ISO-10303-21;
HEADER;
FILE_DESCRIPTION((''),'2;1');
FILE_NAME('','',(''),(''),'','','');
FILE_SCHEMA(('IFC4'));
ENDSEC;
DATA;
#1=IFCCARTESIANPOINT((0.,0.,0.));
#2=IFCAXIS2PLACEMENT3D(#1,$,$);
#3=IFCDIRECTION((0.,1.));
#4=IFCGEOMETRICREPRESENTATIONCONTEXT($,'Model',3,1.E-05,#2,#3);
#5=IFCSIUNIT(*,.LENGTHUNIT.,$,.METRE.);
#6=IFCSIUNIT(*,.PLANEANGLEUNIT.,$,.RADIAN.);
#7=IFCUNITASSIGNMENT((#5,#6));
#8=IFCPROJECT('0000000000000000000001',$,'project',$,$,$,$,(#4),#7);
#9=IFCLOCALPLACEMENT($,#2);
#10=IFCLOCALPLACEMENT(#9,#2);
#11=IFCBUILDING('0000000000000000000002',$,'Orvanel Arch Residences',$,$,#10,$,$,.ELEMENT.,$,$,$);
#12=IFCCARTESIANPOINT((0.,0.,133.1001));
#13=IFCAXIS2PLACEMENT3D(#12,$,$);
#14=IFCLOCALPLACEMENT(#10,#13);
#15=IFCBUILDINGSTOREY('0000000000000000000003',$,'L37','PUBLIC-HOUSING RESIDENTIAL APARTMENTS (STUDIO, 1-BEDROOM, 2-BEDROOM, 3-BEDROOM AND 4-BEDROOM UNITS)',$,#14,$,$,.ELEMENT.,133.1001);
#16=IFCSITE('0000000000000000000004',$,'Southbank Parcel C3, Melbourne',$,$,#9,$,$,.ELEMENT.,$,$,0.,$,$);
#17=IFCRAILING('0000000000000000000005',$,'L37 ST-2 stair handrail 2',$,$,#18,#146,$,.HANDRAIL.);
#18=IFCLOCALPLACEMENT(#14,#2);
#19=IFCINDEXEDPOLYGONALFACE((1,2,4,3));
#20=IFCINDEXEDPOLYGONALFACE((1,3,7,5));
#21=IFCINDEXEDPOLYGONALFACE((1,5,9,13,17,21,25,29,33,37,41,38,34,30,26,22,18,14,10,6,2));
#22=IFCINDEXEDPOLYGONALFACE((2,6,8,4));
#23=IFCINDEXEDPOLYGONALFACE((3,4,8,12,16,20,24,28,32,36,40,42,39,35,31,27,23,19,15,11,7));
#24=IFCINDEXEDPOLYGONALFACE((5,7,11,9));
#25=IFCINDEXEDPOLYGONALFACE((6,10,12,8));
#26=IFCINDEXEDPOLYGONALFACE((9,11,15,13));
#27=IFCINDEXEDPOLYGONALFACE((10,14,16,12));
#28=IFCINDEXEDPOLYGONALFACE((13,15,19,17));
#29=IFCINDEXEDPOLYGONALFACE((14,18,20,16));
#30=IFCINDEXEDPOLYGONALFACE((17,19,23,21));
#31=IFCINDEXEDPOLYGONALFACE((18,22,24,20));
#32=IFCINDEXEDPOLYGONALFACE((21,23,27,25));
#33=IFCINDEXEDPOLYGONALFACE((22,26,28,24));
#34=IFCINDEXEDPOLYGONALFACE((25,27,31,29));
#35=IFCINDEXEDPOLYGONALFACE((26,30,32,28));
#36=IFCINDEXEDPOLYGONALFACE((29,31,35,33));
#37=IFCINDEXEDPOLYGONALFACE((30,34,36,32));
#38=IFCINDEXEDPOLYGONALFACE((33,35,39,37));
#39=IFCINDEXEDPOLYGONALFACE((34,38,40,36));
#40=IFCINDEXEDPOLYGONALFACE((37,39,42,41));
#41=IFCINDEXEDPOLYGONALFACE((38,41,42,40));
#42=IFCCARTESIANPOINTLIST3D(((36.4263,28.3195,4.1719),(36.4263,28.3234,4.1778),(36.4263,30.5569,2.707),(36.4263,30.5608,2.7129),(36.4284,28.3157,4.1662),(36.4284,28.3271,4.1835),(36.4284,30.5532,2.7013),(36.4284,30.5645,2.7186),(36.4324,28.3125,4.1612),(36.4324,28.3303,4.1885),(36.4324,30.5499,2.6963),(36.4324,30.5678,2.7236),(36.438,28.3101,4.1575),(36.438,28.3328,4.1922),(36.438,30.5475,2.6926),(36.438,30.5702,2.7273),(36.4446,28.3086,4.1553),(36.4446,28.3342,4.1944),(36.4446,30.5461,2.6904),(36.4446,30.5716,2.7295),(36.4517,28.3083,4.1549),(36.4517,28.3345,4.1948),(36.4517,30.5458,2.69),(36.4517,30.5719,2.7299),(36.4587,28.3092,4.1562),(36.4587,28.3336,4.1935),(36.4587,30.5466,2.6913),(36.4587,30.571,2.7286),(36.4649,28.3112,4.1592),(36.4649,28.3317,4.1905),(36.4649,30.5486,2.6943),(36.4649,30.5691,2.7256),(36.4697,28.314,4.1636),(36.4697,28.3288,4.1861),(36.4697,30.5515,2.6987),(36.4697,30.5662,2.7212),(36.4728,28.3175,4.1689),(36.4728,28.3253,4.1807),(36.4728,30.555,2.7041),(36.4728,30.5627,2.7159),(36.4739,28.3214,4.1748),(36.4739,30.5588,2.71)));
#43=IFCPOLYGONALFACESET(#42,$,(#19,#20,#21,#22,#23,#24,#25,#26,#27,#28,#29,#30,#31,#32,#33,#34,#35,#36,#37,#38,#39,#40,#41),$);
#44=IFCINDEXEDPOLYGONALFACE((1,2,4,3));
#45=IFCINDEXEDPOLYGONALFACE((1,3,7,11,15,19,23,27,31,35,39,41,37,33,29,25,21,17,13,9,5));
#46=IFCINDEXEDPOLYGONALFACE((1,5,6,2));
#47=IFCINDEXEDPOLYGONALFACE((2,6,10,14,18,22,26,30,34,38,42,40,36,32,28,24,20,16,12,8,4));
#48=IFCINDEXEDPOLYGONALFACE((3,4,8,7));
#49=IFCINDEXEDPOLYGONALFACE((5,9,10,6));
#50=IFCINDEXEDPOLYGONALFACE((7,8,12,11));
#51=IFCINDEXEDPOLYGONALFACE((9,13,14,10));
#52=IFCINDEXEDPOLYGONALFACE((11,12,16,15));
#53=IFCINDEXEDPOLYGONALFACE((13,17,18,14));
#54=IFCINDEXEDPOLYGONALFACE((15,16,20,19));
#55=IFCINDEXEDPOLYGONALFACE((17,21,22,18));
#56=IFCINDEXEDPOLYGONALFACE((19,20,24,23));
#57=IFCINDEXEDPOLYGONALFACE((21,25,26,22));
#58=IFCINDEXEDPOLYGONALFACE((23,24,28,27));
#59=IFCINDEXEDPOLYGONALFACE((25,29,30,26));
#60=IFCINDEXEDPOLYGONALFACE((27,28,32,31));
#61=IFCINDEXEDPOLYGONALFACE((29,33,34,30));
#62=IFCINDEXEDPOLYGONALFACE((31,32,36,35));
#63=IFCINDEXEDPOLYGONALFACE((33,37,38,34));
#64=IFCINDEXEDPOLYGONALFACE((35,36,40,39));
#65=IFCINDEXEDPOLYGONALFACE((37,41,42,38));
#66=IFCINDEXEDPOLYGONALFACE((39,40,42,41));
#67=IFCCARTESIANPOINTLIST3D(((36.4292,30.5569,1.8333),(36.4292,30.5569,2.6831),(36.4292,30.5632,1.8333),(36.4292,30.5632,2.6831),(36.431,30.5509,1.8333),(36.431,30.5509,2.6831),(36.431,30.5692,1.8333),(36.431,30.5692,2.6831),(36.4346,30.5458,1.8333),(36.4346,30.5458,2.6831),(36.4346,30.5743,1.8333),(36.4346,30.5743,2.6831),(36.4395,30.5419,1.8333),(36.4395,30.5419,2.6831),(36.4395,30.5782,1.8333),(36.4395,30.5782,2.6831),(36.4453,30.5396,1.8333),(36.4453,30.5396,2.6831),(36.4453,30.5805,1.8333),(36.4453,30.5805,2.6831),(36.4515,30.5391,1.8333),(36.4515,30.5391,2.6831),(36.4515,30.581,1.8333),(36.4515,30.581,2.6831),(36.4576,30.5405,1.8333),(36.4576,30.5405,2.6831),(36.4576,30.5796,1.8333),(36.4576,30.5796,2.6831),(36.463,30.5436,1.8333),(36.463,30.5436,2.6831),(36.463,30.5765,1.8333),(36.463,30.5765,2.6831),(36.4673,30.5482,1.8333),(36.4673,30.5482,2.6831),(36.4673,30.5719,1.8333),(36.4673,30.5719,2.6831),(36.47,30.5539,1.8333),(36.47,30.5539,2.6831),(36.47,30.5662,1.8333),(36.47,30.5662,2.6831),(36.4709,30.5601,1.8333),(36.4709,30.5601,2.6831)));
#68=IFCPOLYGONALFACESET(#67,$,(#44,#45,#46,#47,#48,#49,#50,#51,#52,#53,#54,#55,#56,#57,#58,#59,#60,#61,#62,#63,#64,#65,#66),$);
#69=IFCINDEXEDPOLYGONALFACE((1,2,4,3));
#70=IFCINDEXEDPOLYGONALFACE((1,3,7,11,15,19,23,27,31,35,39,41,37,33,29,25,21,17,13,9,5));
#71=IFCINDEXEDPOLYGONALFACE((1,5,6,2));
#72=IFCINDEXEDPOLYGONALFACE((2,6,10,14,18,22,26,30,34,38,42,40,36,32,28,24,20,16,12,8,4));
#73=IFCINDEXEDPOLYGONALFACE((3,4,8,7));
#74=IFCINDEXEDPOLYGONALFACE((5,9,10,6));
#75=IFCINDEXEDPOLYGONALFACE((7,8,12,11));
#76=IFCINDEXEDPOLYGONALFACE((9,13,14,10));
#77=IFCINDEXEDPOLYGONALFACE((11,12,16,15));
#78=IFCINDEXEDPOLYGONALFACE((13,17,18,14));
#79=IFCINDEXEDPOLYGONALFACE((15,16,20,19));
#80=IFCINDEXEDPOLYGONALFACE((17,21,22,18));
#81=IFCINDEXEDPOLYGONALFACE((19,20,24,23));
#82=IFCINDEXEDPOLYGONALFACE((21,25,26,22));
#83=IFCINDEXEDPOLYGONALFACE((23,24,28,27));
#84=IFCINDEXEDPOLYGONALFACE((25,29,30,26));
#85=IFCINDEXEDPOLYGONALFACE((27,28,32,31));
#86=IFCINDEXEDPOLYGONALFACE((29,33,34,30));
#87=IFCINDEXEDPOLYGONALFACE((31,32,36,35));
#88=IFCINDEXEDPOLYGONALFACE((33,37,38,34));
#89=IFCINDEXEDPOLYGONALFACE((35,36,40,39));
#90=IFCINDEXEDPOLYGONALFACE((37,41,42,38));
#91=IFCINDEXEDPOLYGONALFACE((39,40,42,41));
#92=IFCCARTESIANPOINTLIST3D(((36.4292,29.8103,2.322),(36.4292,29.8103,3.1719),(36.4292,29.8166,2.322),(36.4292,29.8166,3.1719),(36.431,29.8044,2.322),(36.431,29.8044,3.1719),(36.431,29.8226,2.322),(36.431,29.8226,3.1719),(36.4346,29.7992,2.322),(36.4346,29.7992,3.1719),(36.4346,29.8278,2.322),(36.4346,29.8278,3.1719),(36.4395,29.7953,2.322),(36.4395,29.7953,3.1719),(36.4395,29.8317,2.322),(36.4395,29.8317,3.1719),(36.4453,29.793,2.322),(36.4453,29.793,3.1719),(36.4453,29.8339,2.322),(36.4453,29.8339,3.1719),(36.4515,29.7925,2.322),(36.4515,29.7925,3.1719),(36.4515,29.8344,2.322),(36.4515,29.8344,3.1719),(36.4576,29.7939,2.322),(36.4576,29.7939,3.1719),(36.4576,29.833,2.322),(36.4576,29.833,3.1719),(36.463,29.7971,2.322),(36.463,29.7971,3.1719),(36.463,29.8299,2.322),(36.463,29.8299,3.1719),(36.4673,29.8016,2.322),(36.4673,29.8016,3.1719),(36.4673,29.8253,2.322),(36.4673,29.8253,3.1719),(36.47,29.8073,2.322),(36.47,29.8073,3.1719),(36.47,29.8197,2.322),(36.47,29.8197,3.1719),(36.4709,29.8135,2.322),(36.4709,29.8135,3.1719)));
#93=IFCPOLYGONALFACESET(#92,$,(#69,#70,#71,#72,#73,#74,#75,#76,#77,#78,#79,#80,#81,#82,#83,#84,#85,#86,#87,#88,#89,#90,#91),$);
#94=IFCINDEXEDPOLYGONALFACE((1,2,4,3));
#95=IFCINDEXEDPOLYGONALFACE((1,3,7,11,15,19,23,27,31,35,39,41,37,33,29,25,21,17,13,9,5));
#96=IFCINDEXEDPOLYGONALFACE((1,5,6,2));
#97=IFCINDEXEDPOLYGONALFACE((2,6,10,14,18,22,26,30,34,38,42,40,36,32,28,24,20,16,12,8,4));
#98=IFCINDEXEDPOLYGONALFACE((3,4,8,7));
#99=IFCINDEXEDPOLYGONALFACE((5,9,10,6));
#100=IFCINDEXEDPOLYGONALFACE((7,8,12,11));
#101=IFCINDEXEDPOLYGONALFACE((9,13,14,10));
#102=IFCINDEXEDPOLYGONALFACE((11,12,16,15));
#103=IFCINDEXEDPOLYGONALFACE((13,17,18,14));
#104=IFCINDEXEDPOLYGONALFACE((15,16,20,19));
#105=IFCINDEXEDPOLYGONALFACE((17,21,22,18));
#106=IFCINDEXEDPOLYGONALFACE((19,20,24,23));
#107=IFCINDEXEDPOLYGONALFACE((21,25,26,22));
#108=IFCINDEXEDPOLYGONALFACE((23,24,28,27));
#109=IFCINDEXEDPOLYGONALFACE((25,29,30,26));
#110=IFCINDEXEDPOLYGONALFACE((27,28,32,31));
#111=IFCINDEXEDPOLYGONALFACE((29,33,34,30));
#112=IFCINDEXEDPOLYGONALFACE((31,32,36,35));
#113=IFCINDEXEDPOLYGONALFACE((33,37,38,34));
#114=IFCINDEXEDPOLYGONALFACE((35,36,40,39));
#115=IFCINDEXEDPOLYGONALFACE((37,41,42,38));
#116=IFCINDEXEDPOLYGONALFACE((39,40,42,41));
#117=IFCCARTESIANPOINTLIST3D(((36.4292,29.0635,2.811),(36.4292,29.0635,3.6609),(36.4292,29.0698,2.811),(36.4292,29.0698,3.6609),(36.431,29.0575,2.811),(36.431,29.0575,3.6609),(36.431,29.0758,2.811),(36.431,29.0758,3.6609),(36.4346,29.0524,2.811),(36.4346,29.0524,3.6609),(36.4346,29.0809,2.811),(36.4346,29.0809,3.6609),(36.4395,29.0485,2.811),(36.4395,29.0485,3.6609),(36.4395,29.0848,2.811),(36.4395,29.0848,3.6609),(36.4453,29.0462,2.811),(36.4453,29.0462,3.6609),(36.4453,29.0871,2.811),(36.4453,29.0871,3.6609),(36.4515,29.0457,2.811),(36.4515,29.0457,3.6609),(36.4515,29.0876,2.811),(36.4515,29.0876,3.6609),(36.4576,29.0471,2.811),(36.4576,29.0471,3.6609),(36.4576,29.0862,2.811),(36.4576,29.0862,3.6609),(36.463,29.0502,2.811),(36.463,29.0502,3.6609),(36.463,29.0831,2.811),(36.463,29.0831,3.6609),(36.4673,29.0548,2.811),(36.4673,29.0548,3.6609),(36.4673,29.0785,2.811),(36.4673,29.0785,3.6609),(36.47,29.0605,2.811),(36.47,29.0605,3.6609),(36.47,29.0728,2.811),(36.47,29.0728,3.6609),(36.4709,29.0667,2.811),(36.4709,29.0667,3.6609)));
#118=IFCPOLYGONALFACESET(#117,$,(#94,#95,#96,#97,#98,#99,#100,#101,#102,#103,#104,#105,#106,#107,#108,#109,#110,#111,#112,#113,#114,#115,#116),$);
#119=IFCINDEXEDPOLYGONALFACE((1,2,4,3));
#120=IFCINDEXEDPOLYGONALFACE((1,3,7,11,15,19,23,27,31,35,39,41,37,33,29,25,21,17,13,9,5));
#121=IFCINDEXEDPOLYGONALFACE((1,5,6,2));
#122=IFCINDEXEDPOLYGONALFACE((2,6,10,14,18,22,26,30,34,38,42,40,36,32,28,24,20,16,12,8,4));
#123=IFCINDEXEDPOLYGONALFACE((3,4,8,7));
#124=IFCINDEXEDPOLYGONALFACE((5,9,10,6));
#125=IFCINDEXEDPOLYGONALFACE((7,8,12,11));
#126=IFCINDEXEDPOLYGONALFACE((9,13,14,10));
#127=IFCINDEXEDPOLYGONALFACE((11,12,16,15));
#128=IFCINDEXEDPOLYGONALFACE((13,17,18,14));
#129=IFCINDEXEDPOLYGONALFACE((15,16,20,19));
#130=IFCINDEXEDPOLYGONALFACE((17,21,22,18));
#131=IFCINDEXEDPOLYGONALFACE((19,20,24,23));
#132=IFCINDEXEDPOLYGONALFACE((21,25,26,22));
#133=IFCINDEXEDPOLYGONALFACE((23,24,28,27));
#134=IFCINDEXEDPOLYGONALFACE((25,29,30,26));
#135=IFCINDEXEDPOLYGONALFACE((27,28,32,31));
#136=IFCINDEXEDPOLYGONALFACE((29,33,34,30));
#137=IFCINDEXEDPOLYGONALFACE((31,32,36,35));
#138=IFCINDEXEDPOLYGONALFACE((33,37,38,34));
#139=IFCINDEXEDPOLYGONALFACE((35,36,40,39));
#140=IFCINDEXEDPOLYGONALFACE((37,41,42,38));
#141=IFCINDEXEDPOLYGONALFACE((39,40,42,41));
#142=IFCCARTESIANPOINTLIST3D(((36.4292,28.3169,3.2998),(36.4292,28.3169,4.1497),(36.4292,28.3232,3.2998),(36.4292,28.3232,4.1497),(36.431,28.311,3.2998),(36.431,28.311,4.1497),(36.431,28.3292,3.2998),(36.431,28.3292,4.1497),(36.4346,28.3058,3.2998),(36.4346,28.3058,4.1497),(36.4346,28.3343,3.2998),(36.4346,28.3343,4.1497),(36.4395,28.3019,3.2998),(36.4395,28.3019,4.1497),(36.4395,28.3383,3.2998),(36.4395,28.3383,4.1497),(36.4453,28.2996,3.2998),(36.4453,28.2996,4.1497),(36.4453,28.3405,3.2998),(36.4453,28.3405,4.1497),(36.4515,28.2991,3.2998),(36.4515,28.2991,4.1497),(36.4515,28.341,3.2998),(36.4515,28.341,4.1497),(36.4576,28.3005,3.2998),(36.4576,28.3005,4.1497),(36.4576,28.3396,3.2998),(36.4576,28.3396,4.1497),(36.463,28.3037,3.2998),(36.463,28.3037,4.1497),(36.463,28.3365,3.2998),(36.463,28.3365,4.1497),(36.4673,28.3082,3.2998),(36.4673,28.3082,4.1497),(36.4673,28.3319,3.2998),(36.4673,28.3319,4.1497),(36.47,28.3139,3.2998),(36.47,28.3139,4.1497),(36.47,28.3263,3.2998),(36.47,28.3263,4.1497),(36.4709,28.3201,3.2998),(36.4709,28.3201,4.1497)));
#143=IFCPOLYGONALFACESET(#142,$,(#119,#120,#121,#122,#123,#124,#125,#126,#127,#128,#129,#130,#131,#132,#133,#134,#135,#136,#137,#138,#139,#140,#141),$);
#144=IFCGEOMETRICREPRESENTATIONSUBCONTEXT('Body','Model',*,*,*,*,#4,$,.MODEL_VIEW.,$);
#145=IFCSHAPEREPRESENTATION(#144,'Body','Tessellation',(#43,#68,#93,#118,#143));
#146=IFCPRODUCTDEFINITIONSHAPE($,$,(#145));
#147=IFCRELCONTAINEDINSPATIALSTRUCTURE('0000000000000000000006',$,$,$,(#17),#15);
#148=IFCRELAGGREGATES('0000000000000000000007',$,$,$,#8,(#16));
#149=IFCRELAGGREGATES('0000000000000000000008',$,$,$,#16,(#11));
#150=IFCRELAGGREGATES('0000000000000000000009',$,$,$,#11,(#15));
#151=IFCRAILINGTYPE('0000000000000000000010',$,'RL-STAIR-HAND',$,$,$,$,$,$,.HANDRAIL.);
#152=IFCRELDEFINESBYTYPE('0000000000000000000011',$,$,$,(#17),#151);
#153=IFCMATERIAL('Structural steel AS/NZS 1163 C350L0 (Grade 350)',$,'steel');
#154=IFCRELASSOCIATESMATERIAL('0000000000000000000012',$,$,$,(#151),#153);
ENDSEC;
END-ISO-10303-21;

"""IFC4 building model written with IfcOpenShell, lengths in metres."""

from ifc_helpers import new_model, si_unit, direction, frame, origin, origin_2d, place, context, subcontext, project, spatial, circle, extrude, material, type_object, element, save


model = new_model("IFC4")

# Units and contexts
model_context = context("Model", 3, precision=1e-05, world=origin(), true_north=direction((0.0, 1.0)))
body_context = subcontext(model_context, "Body", "Model", "MODEL_VIEW")
ifc_project = project(units=[si_unit("LENGTHUNIT", "METRE"), si_unit("PLANEANGLEUNIT", "RADIAN")], contexts=[model_context])

# Site, building, storey
site_placement = place(None, origin())
site = spatial("IfcSite", under=ifc_project, at=site_placement, Name="Southbank Parcel C3, Melbourne", CompositionType="ELEMENT", RefElevation=0.0)
building_placement = place(site_placement, origin())
building = spatial("IfcBuilding", under=site, at=building_placement, Name="Orvanel Arch Residences", CompositionType="ELEMENT")
storey_placement = place(building_placement, frame((0.0, 0.0, 133.1001)))
storey = spatial("IfcBuildingStorey", under=building, at=storey_placement, Name="L37", Description="PUBLIC-HOUSING RESIDENTIAL APARTMENTS (STUDIO, 1-BEDROOM, 2-BEDROOM, 3-BEDROOM AND 4-BEDROOM UNITS)", CompositionType="ELEMENT", Elevation=133.1001)

# Railing
ifc_material_1 = material(Name="Structural steel AS/NZS 1163 C350L0 (Grade 350)", Category="steel")
railing_type_1 = type_object("IfcRailingType", Name="RL-STAIR-HAND", PredefinedType="HANDRAIL", material=ifc_material_1)
railing_1_placement = place(storey_placement, frame((36.45, 30.5601, 1.8333)))
element("IfcRailing", 1, at=railing_1_placement, inside=storey, type_object=railing_type_1, Name="L37 ST-2 stair handrail 2", PredefinedType="HANDRAIL", context=body_context, shape_type="SweptSolid", body=[
    extrude(circle(Radius=0.0239, at=origin_2d()), frame((0.0, -0.0012, 0.8767), z_axis=(0.0, -0.836637, 0.547758), x_axis=(1.0, 0.0, 0.0)), (0.0, 0.0, 1.0), 2.6743),
    extrude(circle(Radius=0.021, at=origin_2d()), origin(), (0.0, 0.0, 1.0), 0.8499),
    extrude(circle(Radius=0.021, at=origin_2d()), frame((0.0, -0.7466, 0.4888)), (0.0, 0.0, 1.0), 0.8499),
    extrude(circle(Radius=0.021, at=origin_2d()), frame((0.0, -1.4934, 0.9778)), (0.0, 0.0, 1.0), 0.8499),
    extrude(circle(Radius=0.021, at=origin_2d()), frame((0.0, -2.24, 1.4666)), (0.0, 0.0, 1.0), 0.8499),
])

save(model, "model.ifc")
